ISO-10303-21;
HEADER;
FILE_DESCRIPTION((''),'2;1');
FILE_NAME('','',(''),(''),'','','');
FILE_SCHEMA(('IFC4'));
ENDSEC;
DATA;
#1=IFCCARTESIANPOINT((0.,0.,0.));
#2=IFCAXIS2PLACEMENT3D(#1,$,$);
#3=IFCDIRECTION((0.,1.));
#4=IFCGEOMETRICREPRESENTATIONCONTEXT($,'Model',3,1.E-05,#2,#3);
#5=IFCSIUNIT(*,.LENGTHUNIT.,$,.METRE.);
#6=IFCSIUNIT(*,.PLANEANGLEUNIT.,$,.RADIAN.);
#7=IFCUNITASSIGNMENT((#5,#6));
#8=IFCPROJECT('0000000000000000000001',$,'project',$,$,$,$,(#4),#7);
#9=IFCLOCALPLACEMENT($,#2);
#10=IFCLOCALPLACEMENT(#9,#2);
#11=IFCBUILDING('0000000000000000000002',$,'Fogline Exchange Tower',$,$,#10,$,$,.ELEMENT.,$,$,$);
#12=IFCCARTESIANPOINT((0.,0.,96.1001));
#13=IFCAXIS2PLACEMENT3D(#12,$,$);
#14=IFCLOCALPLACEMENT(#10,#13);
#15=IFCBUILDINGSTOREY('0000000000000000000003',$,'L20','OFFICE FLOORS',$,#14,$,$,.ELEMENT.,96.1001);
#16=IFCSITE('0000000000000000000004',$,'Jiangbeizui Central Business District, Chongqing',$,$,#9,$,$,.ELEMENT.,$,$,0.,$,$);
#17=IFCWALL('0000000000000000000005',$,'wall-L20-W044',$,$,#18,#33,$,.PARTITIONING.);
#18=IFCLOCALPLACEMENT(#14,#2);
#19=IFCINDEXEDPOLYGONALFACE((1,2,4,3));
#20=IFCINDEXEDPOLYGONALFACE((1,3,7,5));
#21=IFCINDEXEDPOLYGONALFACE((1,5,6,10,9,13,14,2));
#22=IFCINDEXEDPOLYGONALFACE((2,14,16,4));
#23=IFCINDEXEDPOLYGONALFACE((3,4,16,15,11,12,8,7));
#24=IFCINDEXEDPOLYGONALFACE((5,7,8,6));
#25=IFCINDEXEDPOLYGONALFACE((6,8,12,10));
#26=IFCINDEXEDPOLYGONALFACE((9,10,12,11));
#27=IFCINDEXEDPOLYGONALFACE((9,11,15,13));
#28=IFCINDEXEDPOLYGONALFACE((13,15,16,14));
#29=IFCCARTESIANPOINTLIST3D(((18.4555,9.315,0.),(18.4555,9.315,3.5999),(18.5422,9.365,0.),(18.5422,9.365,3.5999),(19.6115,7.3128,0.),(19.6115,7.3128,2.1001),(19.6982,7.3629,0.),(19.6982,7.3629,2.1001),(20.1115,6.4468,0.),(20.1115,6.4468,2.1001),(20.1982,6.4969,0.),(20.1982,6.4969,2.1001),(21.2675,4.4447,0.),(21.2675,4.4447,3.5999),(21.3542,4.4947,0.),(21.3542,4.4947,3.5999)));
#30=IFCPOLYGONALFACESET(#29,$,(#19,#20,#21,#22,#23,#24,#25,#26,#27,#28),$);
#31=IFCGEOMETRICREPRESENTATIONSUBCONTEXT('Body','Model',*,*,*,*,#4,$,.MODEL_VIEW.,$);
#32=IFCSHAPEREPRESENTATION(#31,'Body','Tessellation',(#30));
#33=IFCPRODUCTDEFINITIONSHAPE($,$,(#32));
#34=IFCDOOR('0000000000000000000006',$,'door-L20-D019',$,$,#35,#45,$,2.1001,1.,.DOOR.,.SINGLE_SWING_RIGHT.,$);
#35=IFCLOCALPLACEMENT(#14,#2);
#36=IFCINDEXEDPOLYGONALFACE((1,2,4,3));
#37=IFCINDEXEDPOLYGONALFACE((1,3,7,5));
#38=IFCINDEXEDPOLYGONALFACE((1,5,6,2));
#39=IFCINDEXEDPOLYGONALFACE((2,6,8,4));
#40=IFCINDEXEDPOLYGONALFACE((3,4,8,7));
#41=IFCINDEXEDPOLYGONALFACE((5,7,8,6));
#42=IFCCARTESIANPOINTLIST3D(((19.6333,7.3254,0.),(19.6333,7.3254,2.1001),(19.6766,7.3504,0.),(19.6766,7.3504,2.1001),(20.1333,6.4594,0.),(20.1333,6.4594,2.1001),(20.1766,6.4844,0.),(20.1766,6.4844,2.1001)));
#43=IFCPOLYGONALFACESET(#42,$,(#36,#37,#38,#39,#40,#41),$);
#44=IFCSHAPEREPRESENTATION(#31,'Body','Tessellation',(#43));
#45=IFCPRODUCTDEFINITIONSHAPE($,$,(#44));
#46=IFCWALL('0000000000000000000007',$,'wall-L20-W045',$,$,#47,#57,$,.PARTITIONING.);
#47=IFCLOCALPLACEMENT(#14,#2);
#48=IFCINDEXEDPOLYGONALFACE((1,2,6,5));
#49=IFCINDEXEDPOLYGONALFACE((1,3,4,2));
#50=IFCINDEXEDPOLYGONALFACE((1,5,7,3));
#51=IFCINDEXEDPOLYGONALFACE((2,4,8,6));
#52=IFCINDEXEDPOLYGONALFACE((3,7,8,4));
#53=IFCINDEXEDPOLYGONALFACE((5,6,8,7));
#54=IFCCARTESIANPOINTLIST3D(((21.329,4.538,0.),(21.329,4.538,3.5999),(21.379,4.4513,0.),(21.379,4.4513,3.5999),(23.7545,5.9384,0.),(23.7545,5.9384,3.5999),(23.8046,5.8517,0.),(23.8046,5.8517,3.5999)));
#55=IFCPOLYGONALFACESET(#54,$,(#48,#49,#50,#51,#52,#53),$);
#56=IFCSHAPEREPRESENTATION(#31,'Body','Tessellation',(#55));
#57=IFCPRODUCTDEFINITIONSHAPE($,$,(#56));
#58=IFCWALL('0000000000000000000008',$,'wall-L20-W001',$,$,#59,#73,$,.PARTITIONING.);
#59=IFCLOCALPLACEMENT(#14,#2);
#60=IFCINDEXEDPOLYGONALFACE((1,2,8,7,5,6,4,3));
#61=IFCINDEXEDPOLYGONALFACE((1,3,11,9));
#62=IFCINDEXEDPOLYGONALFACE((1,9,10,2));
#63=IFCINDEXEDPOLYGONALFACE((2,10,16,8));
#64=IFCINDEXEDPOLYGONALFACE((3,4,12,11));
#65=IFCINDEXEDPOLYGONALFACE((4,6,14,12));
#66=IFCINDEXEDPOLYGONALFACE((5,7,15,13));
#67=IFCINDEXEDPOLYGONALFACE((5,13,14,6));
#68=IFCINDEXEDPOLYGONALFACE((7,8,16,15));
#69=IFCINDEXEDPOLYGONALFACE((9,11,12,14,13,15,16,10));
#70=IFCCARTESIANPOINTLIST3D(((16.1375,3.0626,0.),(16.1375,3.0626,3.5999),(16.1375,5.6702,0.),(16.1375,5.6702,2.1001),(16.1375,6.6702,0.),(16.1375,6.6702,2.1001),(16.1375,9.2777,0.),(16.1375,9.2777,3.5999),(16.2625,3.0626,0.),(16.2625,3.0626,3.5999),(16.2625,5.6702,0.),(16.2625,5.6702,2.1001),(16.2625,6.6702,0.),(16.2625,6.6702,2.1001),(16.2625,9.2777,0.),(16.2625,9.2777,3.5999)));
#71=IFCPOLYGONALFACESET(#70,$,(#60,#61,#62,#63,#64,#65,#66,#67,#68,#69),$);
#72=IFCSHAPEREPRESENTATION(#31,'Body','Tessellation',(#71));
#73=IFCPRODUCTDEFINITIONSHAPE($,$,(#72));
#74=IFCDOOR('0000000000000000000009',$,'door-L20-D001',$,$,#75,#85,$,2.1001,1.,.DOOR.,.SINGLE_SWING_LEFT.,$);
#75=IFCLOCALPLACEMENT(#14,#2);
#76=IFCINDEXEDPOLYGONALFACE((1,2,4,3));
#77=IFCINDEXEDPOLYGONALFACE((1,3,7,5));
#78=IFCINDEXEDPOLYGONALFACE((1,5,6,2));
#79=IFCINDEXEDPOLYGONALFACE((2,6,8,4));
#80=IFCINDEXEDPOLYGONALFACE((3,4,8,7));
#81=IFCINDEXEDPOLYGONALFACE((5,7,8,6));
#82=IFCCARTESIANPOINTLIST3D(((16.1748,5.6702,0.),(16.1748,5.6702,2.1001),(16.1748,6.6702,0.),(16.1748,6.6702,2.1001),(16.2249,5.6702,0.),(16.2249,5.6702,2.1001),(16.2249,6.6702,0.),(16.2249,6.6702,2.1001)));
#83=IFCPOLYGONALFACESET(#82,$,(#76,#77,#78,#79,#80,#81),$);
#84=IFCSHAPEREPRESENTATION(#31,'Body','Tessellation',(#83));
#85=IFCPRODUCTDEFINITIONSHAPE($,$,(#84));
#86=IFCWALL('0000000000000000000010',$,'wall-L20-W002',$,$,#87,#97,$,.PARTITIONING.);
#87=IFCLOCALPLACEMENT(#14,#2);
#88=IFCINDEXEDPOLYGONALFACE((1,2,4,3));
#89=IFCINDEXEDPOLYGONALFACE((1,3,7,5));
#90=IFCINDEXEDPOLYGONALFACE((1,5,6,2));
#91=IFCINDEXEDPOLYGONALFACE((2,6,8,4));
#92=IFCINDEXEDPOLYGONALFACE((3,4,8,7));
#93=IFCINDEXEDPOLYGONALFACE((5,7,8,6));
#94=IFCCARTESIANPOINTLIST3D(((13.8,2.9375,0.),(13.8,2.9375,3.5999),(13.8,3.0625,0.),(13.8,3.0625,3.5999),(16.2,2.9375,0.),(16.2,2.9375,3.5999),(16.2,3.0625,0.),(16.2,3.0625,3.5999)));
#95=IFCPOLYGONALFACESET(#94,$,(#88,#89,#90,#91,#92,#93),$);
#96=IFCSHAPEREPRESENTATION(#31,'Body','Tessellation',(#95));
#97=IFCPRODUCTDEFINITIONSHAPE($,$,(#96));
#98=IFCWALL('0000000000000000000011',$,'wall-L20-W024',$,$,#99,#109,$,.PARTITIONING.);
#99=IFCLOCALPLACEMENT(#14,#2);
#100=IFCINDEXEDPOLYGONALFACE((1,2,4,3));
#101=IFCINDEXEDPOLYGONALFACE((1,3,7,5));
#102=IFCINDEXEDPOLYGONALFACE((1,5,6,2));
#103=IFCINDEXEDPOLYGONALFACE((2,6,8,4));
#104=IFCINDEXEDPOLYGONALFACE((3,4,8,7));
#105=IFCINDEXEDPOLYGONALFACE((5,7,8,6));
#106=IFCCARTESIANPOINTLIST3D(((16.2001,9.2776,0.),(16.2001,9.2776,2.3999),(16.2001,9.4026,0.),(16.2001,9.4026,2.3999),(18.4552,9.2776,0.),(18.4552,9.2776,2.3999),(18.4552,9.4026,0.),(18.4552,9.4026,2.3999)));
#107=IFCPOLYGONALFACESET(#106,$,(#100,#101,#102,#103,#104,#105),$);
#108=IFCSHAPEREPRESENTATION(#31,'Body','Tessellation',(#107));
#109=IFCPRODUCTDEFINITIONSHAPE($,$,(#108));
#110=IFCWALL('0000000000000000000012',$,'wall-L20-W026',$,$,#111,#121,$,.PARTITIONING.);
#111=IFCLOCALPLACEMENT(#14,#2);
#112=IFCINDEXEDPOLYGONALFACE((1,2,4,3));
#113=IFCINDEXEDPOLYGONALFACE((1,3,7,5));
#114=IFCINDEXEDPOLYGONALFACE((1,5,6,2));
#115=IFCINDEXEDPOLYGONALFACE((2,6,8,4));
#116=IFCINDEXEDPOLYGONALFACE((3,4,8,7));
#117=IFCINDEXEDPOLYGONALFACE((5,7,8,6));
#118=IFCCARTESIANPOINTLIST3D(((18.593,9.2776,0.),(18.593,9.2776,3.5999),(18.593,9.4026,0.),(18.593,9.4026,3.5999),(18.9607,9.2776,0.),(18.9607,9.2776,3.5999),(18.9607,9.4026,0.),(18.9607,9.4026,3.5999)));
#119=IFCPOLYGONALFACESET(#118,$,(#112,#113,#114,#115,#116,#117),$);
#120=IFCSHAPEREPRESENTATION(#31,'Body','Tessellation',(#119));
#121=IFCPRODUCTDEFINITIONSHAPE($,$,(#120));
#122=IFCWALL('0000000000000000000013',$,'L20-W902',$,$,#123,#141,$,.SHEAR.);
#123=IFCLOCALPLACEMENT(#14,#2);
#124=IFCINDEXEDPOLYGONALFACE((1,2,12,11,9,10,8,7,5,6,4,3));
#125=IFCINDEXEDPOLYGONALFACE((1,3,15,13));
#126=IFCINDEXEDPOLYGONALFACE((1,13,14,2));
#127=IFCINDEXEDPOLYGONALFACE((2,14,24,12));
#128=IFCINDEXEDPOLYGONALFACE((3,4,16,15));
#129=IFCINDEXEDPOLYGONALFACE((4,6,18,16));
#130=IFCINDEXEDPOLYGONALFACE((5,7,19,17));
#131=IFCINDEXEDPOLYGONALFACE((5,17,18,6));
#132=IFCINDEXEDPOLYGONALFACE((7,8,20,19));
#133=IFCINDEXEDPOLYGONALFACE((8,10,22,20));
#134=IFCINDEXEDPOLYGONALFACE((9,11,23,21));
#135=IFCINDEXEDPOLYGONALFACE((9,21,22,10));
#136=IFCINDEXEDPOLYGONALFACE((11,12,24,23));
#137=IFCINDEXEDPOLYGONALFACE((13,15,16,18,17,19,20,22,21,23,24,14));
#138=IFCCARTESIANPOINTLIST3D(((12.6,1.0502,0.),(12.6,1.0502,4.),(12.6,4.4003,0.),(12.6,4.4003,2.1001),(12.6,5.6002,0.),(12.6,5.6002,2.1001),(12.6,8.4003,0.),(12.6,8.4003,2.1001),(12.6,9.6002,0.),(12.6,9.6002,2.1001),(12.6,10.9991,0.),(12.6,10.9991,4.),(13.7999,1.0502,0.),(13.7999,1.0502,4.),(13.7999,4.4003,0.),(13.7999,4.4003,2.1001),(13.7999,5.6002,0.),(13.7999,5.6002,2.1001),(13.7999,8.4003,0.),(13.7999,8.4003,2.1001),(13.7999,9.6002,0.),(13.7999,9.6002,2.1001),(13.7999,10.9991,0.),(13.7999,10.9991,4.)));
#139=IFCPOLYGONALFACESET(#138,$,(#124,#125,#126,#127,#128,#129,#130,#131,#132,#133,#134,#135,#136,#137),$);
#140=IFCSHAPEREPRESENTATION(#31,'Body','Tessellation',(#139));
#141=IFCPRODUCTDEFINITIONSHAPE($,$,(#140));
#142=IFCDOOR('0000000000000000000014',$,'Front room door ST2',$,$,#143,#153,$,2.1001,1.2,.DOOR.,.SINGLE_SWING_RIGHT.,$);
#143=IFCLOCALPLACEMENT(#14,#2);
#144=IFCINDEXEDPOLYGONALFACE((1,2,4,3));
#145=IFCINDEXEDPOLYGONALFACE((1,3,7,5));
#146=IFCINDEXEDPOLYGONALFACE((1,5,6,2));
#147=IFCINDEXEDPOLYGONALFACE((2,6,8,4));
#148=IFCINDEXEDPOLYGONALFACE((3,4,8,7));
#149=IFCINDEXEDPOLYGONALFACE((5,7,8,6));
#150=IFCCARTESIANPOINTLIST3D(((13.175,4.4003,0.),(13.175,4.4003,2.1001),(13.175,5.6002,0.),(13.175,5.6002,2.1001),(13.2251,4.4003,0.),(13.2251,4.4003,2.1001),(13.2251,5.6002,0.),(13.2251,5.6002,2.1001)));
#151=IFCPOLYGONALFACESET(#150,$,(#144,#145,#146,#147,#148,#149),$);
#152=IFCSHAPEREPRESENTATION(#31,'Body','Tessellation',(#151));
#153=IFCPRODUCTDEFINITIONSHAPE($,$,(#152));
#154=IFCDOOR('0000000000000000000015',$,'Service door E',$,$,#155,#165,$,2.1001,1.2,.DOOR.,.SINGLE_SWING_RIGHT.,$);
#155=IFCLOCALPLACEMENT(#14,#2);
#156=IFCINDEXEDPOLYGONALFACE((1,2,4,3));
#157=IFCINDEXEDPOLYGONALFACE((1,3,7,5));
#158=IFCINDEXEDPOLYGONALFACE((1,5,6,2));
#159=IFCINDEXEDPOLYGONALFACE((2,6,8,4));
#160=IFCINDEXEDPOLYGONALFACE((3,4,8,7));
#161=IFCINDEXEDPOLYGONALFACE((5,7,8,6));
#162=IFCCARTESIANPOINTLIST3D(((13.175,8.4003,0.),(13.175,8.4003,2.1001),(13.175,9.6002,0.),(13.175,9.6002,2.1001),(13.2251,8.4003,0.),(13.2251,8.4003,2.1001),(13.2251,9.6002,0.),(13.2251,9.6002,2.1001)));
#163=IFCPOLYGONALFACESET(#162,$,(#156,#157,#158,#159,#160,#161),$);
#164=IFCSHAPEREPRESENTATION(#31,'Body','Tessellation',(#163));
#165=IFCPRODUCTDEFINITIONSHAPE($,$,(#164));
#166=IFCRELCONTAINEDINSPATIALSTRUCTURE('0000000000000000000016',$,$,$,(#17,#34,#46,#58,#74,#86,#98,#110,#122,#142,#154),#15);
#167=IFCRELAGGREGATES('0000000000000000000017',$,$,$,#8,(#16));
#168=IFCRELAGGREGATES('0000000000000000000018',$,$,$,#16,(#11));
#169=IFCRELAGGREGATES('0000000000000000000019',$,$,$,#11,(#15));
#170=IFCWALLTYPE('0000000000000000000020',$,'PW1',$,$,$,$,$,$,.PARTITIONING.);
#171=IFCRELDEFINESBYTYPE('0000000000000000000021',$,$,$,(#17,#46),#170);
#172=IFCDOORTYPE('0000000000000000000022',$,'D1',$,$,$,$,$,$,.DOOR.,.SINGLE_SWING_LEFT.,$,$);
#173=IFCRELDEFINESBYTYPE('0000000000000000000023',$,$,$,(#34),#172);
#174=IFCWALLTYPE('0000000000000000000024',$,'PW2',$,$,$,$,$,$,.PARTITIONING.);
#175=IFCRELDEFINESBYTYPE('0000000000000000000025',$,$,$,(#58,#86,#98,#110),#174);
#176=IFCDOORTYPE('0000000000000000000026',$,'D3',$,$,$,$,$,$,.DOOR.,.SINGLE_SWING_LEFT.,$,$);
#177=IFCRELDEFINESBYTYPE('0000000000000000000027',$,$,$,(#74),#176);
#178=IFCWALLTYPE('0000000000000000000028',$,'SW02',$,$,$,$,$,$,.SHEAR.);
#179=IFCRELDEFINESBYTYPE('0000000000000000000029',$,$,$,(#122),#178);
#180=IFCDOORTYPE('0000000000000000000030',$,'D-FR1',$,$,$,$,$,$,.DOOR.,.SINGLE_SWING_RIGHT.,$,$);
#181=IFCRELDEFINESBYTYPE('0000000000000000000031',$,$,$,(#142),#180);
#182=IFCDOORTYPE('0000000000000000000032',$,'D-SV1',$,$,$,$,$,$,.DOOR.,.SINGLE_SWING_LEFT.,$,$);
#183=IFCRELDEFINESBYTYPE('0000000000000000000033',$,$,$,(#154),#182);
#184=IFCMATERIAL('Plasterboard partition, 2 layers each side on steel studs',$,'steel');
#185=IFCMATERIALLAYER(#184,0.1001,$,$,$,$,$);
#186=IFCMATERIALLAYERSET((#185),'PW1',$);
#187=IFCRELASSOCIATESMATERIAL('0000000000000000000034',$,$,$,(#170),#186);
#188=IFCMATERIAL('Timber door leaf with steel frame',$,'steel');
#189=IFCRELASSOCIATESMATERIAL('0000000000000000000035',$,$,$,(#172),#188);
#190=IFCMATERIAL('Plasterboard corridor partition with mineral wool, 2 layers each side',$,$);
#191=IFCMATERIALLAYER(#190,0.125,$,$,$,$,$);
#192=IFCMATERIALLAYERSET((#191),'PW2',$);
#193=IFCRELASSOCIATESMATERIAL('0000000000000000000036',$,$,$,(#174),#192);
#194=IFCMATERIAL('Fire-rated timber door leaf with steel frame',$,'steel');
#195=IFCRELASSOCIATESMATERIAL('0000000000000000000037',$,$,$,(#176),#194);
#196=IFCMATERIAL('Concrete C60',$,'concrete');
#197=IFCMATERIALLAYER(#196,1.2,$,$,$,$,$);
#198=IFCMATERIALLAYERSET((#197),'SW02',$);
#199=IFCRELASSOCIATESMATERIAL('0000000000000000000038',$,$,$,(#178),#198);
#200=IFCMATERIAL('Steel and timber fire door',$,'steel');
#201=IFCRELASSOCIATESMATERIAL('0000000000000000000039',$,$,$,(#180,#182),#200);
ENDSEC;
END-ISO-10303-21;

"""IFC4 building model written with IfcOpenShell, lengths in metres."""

from ifc_helpers import new_model, si_unit, direction, frame, frame_2d, origin, place, context, subcontext, project, spatial, rectangle, extrude, material, layer, layer_set, type_object, element, fill, save


model = new_model("IFC4")

# Units and contexts
model_context = context("Model", 3, precision=1e-05, world=origin(), true_north=direction((0.0, 1.0)))
body_context = subcontext(model_context, "Body", "Model", "MODEL_VIEW")
ifc_project = project(units=[si_unit("LENGTHUNIT", "METRE"), si_unit("PLANEANGLEUNIT", "RADIAN")], contexts=[model_context])

# Site, building, storey
site_placement = place(None, origin())
site = spatial("IfcSite", under=ifc_project, at=site_placement, Name="Jiangbeizui Central Business District, Chongqing", CompositionType="ELEMENT", RefElevation=0.0)
building_placement = place(site_placement, origin())
building = spatial("IfcBuilding", under=site, at=building_placement, Name="Fogline Exchange Tower", CompositionType="ELEMENT")
storey_placement = place(building_placement, frame((0.0, 0.0, 96.1001)))
storey = spatial("IfcBuildingStorey", under=building, at=storey_placement, Name="L20", Description="OFFICE FLOORS", CompositionType="ELEMENT", Elevation=96.1001)

# Shared definitions
ifc_material_1 = material(Name="Steel and timber fire door", Category="steel")

# Wall, opening, door
ifc_material_2 = material(Name="Plasterboard partition, 2 layers each side on steel studs", Category="steel")
ifc_layer_1 = layer(ifc_material_2, 0.1001)
ifc_layer_set_1 = layer_set([ifc_layer_1], Name="PW1")
wall_type_1 = type_object("IfcWallType", Name="PW1", PredefinedType="PARTITIONING", material=ifc_layer_set_1)
wall_1_placement = place(storey_placement, frame((18.4988, 9.3401, 0.0), z_axis=(0.0, 0.0, 1.0), x_axis=(0.500014, -0.866017, 0.0)))
wall_1 = element("IfcWall", 1, at=wall_1_placement, inside=storey, type_object=wall_type_1, Name="wall-L20-W044", PredefinedType="PARTITIONING", context=body_context, shape_type="SweptSolid", body=[
    extrude(rectangle(XDim=5.6238, YDim=0.1001, at=frame_2d((2.812, 0.0))), origin(), (0.0, 0.0, 1.0), 3.5999),
])
opening_1_placement = place(wall_1_placement, frame((2.312, 0.0, 0.0)))
opening_1 = element("IfcOpeningElement", 2, at=opening_1_placement, cuts=wall_1, PredefinedType="OPENING", context=body_context, shape_type="SweptSolid", body=[
    extrude(rectangle(XDim=1.0, YDim=2.1001, at=frame_2d((0.5, 1.05))), frame((0.0, 0.0601, 0.0), z_axis=(0.0, -1.0, 0.0), x_axis=(1.0, 0.0, 0.0)), (0.0, 0.0, 1.0), 0.1201),
])
ifc_material_3 = material(Name="Timber door leaf with steel frame", Category="steel")
door_type_1 = type_object("IfcDoorType", Name="D1", OperationType="SINGLE_SWING_LEFT", PredefinedType="DOOR", material=ifc_material_3)
door_1_placement = place(opening_1_placement, frame((1.0, 0.0, 0.0), z_axis=(0.0, 0.0, 1.0), x_axis=(-1.0, 0.0, 0.0)))
door_1 = element("IfcDoor", 3, at=door_1_placement, inside=storey, type_object=door_type_1, Name="door-L20-D019", OperationType="SINGLE_SWING_RIGHT", OverallHeight=2.1001, OverallWidth=1.0, PredefinedType="DOOR", context=body_context, shape_type="SweptSolid", body=[
    extrude(rectangle(XDim=1.0, YDim=2.1001, at=frame_2d((0.5, 1.05))), frame((0.0, 0.0249, 0.0), z_axis=(0.0, -1.0, 0.0), x_axis=(1.0, 0.0, 0.0)), (0.0, 0.0, 1.0), 0.05),
])
fill(opening_1, door_1)

# Wall
wall_2_placement = place(storey_placement, frame((21.354, 4.4946, 0.0), z_axis=(0.0, 0.0, 1.0), x_axis=(0.866024, 0.500002, 0.0)))
element("IfcWall", 4, at=wall_2_placement, inside=storey, type_object=wall_type_1, Name="wall-L20-W045", PredefinedType="PARTITIONING", context=body_context, shape_type="SweptSolid", body=[
    extrude(rectangle(XDim=2.8008, YDim=0.1001, at=frame_2d((1.4004, 0.0))), origin(), (0.0, 0.0, 1.0), 3.5999),
])

# Wall, opening, door
ifc_material_4 = material(Name="Plasterboard corridor partition with mineral wool, 2 layers each side")
ifc_layer_2 = layer(ifc_material_4, 0.125)
ifc_layer_set_2 = layer_set([ifc_layer_2], Name="PW2")
wall_type_2 = type_object("IfcWallType", Name="PW2", PredefinedType="PARTITIONING", material=ifc_layer_set_2)
wall_3_placement = place(storey_placement, frame((16.2, 9.2776, 0.0), z_axis=(0.0, 0.0, 1.0), x_axis=(0.0, -1.0, 0.0)))
wall_3 = element("IfcWall", 5, at=wall_3_placement, inside=storey, type_object=wall_type_2, Name="wall-L20-W001", PredefinedType="PARTITIONING", context=body_context, shape_type="SweptSolid", body=[
    extrude(rectangle(XDim=6.2151, YDim=0.125, at=frame_2d((3.1074, 0.0))), origin(), (0.0, 0.0, 1.0), 3.5999),
])
opening_2_placement = place(wall_3_placement, frame((2.6074, 0.0, 0.0)))
opening_2 = element("IfcOpeningElement", 6, at=opening_2_placement, cuts=wall_3, PredefinedType="OPENING", context=body_context, shape_type="SweptSolid", body=[
    extrude(rectangle(XDim=1.0, YDim=2.1001, at=frame_2d((0.5, 1.05))), frame((0.0, 0.0725, 0.0), z_axis=(0.0, -1.0, 0.0), x_axis=(1.0, 0.0, 0.0)), (0.0, 0.0, 1.0), 0.145),
])
ifc_material_5 = material(Name="Fire-rated timber door leaf with steel frame", Category="steel")
door_type_2 = type_object("IfcDoorType", Name="D3", OperationType="SINGLE_SWING_LEFT", PredefinedType="DOOR", material=ifc_material_5)
door_2_placement = place(opening_2_placement, origin())
door_2 = element("IfcDoor", 7, at=door_2_placement, inside=storey, type_object=door_type_2, Name="door-L20-D001", OperationType="SINGLE_SWING_LEFT", OverallHeight=2.1001, OverallWidth=1.0, PredefinedType="DOOR", context=body_context, shape_type="SweptSolid", body=[
    extrude(rectangle(XDim=1.0, YDim=2.1001, at=frame_2d((0.5, 1.05))), frame((0.0, 0.0249, 0.0), z_axis=(0.0, -1.0, 0.0), x_axis=(1.0, 0.0, 0.0)), (0.0, 0.0, 1.0), 0.05),
])
fill(opening_2, door_2)

# Walls
wall_4_placement = place(storey_placement, frame((16.2, 3.0, 0.0), z_axis=(0.0, 0.0, 1.0), x_axis=(-1.0, 0.0, 0.0)))
element("IfcWall", 8, at=wall_4_placement, inside=storey, type_object=wall_type_2, Name="wall-L20-W002", PredefinedType="PARTITIONING", context=body_context, shape_type="SweptSolid", body=[
    extrude(rectangle(XDim=2.3999, YDim=0.125, at=frame_2d((1.2, 0.0))), origin(), (0.0, 0.0, 1.0), 3.5999),
])
wall_5_placement = place(storey_placement, frame((18.4551, 9.3401, 0.0), z_axis=(0.0, 0.0, 1.0), x_axis=(-1.0, 0.0, 0.0)))
element("IfcWall", 9, at=wall_5_placement, inside=storey, type_object=wall_type_2, Name="wall-L20-W024", PredefinedType="PARTITIONING", context=body_context, shape_type="SweptSolid", body=[
    extrude(rectangle(XDim=2.2551, YDim=0.125, at=frame_2d((1.1274, 0.0))), origin(), (0.0, 0.0, 1.0), 2.3999),
])
wall_6_placement = place(storey_placement, frame((18.9607, 9.3401, 0.0), z_axis=(0.0, 0.0, 1.0), x_axis=(-1.0, 0.0, 0.0)))
element("IfcWall", 10, at=wall_6_placement, inside=storey, type_object=wall_type_2, Name="wall-L20-W026", PredefinedType="PARTITIONING", context=body_context, shape_type="SweptSolid", body=[
    extrude(rectangle(XDim=0.3677, YDim=0.125, at=frame_2d((0.1838, 0.0))), origin(), (0.0, 0.0, 1.0), 3.5999),
])

# Wall, openings, doors
ifc_material_6 = material(Name="Concrete C60", Category="concrete")
ifc_layer_3 = layer(ifc_material_6, 1.2)
ifc_layer_set_3 = layer_set([ifc_layer_3], Name="SW02")
wall_type_3 = type_object("IfcWallType", Name="SW02", PredefinedType="SHEAR", material=ifc_layer_set_3)
wall_7_placement = place(storey_placement, frame((13.2, 1.05, 0.0), z_axis=(0.0, 0.0, 1.0), x_axis=(0.0, 1.0, 0.0)))
wall_7 = element("IfcWall", 11, at=wall_7_placement, inside=storey, type_object=wall_type_3, Name="L20-W902", PredefinedType="SHEAR", context=body_context, shape_type="SweptSolid", body=[
    extrude(rectangle(XDim=9.949, YDim=1.2, at=frame_2d((4.9746, 0.0))), origin(), (0.0, 0.0, 1.0), 4.0),
])
opening_3_placement = place(wall_7_placement, frame((3.3501, 0.0, 0.0)))
opening_3 = element("IfcOpeningElement", 12, at=opening_3_placement, cuts=wall_7, PredefinedType="OPENING", context=body_context, shape_type="SweptSolid", body=[
    extrude(rectangle(XDim=1.2, YDim=2.1001, at=frame_2d((0.6001, 1.05))), frame((0.0, 0.6099, 0.0), z_axis=(0.0, -1.0, 0.0), x_axis=(1.0, 0.0, 0.0)), (0.0, 0.0, 1.0), 1.22),
])
opening_4_placement = place(wall_7_placement, frame((7.3501, 0.0, 0.0)))
opening_4 = element("IfcOpeningElement", 13, at=opening_4_placement, cuts=wall_7, PredefinedType="OPENING", context=body_context, shape_type="SweptSolid", body=[
    extrude(rectangle(XDim=1.2, YDim=2.1001, at=frame_2d((0.6001, 1.05))), frame((0.0, 0.6099, 0.0), z_axis=(0.0, -1.0, 0.0), x_axis=(1.0, 0.0, 0.0)), (0.0, 0.0, 1.0), 1.22),
])
door_type_3 = type_object("IfcDoorType", Name="D-FR1", OperationType="SINGLE_SWING_RIGHT", PredefinedType="DOOR", material=ifc_material_1)
door_3_placement = place(opening_3_placement, origin())
door_3 = element("IfcDoor", 14, at=door_3_placement, inside=storey, type_object=door_type_3, Name="Front room door ST2", OperationType="SINGLE_SWING_RIGHT", OverallHeight=2.1001, OverallWidth=1.2, PredefinedType="DOOR", context=body_context, shape_type="SweptSolid", body=[
    extrude(rectangle(XDim=1.2, YDim=2.1001, at=frame_2d((0.6001, 1.05))), frame((0.0, 0.0249, 0.0), z_axis=(0.0, -1.0, 0.0), x_axis=(1.0, 0.0, 0.0)), (0.0, 0.0, 1.0), 0.05),
])
fill(opening_3, door_3)
door_type_4 = type_object("IfcDoorType", Name="D-SV1", OperationType="SINGLE_SWING_LEFT", PredefinedType="DOOR", material=ifc_material_1)
door_4_placement = place(opening_4_placement, origin())
door_4 = element("IfcDoor", 15, at=door_4_placement, inside=storey, type_object=door_type_4, Name="Service door E", OperationType="SINGLE_SWING_RIGHT", OverallHeight=2.1001, OverallWidth=1.2, PredefinedType="DOOR", context=body_context, shape_type="SweptSolid", body=[
    extrude(rectangle(XDim=1.2, YDim=2.1001, at=frame_2d((0.6001, 1.05))), frame((0.0, 0.0249, 0.0), z_axis=(0.0, -1.0, 0.0), x_axis=(1.0, 0.0, 0.0)), (0.0, 0.0, 1.0), 0.05),
])
fill(opening_4, door_4)

save(model, "model.ifc")
